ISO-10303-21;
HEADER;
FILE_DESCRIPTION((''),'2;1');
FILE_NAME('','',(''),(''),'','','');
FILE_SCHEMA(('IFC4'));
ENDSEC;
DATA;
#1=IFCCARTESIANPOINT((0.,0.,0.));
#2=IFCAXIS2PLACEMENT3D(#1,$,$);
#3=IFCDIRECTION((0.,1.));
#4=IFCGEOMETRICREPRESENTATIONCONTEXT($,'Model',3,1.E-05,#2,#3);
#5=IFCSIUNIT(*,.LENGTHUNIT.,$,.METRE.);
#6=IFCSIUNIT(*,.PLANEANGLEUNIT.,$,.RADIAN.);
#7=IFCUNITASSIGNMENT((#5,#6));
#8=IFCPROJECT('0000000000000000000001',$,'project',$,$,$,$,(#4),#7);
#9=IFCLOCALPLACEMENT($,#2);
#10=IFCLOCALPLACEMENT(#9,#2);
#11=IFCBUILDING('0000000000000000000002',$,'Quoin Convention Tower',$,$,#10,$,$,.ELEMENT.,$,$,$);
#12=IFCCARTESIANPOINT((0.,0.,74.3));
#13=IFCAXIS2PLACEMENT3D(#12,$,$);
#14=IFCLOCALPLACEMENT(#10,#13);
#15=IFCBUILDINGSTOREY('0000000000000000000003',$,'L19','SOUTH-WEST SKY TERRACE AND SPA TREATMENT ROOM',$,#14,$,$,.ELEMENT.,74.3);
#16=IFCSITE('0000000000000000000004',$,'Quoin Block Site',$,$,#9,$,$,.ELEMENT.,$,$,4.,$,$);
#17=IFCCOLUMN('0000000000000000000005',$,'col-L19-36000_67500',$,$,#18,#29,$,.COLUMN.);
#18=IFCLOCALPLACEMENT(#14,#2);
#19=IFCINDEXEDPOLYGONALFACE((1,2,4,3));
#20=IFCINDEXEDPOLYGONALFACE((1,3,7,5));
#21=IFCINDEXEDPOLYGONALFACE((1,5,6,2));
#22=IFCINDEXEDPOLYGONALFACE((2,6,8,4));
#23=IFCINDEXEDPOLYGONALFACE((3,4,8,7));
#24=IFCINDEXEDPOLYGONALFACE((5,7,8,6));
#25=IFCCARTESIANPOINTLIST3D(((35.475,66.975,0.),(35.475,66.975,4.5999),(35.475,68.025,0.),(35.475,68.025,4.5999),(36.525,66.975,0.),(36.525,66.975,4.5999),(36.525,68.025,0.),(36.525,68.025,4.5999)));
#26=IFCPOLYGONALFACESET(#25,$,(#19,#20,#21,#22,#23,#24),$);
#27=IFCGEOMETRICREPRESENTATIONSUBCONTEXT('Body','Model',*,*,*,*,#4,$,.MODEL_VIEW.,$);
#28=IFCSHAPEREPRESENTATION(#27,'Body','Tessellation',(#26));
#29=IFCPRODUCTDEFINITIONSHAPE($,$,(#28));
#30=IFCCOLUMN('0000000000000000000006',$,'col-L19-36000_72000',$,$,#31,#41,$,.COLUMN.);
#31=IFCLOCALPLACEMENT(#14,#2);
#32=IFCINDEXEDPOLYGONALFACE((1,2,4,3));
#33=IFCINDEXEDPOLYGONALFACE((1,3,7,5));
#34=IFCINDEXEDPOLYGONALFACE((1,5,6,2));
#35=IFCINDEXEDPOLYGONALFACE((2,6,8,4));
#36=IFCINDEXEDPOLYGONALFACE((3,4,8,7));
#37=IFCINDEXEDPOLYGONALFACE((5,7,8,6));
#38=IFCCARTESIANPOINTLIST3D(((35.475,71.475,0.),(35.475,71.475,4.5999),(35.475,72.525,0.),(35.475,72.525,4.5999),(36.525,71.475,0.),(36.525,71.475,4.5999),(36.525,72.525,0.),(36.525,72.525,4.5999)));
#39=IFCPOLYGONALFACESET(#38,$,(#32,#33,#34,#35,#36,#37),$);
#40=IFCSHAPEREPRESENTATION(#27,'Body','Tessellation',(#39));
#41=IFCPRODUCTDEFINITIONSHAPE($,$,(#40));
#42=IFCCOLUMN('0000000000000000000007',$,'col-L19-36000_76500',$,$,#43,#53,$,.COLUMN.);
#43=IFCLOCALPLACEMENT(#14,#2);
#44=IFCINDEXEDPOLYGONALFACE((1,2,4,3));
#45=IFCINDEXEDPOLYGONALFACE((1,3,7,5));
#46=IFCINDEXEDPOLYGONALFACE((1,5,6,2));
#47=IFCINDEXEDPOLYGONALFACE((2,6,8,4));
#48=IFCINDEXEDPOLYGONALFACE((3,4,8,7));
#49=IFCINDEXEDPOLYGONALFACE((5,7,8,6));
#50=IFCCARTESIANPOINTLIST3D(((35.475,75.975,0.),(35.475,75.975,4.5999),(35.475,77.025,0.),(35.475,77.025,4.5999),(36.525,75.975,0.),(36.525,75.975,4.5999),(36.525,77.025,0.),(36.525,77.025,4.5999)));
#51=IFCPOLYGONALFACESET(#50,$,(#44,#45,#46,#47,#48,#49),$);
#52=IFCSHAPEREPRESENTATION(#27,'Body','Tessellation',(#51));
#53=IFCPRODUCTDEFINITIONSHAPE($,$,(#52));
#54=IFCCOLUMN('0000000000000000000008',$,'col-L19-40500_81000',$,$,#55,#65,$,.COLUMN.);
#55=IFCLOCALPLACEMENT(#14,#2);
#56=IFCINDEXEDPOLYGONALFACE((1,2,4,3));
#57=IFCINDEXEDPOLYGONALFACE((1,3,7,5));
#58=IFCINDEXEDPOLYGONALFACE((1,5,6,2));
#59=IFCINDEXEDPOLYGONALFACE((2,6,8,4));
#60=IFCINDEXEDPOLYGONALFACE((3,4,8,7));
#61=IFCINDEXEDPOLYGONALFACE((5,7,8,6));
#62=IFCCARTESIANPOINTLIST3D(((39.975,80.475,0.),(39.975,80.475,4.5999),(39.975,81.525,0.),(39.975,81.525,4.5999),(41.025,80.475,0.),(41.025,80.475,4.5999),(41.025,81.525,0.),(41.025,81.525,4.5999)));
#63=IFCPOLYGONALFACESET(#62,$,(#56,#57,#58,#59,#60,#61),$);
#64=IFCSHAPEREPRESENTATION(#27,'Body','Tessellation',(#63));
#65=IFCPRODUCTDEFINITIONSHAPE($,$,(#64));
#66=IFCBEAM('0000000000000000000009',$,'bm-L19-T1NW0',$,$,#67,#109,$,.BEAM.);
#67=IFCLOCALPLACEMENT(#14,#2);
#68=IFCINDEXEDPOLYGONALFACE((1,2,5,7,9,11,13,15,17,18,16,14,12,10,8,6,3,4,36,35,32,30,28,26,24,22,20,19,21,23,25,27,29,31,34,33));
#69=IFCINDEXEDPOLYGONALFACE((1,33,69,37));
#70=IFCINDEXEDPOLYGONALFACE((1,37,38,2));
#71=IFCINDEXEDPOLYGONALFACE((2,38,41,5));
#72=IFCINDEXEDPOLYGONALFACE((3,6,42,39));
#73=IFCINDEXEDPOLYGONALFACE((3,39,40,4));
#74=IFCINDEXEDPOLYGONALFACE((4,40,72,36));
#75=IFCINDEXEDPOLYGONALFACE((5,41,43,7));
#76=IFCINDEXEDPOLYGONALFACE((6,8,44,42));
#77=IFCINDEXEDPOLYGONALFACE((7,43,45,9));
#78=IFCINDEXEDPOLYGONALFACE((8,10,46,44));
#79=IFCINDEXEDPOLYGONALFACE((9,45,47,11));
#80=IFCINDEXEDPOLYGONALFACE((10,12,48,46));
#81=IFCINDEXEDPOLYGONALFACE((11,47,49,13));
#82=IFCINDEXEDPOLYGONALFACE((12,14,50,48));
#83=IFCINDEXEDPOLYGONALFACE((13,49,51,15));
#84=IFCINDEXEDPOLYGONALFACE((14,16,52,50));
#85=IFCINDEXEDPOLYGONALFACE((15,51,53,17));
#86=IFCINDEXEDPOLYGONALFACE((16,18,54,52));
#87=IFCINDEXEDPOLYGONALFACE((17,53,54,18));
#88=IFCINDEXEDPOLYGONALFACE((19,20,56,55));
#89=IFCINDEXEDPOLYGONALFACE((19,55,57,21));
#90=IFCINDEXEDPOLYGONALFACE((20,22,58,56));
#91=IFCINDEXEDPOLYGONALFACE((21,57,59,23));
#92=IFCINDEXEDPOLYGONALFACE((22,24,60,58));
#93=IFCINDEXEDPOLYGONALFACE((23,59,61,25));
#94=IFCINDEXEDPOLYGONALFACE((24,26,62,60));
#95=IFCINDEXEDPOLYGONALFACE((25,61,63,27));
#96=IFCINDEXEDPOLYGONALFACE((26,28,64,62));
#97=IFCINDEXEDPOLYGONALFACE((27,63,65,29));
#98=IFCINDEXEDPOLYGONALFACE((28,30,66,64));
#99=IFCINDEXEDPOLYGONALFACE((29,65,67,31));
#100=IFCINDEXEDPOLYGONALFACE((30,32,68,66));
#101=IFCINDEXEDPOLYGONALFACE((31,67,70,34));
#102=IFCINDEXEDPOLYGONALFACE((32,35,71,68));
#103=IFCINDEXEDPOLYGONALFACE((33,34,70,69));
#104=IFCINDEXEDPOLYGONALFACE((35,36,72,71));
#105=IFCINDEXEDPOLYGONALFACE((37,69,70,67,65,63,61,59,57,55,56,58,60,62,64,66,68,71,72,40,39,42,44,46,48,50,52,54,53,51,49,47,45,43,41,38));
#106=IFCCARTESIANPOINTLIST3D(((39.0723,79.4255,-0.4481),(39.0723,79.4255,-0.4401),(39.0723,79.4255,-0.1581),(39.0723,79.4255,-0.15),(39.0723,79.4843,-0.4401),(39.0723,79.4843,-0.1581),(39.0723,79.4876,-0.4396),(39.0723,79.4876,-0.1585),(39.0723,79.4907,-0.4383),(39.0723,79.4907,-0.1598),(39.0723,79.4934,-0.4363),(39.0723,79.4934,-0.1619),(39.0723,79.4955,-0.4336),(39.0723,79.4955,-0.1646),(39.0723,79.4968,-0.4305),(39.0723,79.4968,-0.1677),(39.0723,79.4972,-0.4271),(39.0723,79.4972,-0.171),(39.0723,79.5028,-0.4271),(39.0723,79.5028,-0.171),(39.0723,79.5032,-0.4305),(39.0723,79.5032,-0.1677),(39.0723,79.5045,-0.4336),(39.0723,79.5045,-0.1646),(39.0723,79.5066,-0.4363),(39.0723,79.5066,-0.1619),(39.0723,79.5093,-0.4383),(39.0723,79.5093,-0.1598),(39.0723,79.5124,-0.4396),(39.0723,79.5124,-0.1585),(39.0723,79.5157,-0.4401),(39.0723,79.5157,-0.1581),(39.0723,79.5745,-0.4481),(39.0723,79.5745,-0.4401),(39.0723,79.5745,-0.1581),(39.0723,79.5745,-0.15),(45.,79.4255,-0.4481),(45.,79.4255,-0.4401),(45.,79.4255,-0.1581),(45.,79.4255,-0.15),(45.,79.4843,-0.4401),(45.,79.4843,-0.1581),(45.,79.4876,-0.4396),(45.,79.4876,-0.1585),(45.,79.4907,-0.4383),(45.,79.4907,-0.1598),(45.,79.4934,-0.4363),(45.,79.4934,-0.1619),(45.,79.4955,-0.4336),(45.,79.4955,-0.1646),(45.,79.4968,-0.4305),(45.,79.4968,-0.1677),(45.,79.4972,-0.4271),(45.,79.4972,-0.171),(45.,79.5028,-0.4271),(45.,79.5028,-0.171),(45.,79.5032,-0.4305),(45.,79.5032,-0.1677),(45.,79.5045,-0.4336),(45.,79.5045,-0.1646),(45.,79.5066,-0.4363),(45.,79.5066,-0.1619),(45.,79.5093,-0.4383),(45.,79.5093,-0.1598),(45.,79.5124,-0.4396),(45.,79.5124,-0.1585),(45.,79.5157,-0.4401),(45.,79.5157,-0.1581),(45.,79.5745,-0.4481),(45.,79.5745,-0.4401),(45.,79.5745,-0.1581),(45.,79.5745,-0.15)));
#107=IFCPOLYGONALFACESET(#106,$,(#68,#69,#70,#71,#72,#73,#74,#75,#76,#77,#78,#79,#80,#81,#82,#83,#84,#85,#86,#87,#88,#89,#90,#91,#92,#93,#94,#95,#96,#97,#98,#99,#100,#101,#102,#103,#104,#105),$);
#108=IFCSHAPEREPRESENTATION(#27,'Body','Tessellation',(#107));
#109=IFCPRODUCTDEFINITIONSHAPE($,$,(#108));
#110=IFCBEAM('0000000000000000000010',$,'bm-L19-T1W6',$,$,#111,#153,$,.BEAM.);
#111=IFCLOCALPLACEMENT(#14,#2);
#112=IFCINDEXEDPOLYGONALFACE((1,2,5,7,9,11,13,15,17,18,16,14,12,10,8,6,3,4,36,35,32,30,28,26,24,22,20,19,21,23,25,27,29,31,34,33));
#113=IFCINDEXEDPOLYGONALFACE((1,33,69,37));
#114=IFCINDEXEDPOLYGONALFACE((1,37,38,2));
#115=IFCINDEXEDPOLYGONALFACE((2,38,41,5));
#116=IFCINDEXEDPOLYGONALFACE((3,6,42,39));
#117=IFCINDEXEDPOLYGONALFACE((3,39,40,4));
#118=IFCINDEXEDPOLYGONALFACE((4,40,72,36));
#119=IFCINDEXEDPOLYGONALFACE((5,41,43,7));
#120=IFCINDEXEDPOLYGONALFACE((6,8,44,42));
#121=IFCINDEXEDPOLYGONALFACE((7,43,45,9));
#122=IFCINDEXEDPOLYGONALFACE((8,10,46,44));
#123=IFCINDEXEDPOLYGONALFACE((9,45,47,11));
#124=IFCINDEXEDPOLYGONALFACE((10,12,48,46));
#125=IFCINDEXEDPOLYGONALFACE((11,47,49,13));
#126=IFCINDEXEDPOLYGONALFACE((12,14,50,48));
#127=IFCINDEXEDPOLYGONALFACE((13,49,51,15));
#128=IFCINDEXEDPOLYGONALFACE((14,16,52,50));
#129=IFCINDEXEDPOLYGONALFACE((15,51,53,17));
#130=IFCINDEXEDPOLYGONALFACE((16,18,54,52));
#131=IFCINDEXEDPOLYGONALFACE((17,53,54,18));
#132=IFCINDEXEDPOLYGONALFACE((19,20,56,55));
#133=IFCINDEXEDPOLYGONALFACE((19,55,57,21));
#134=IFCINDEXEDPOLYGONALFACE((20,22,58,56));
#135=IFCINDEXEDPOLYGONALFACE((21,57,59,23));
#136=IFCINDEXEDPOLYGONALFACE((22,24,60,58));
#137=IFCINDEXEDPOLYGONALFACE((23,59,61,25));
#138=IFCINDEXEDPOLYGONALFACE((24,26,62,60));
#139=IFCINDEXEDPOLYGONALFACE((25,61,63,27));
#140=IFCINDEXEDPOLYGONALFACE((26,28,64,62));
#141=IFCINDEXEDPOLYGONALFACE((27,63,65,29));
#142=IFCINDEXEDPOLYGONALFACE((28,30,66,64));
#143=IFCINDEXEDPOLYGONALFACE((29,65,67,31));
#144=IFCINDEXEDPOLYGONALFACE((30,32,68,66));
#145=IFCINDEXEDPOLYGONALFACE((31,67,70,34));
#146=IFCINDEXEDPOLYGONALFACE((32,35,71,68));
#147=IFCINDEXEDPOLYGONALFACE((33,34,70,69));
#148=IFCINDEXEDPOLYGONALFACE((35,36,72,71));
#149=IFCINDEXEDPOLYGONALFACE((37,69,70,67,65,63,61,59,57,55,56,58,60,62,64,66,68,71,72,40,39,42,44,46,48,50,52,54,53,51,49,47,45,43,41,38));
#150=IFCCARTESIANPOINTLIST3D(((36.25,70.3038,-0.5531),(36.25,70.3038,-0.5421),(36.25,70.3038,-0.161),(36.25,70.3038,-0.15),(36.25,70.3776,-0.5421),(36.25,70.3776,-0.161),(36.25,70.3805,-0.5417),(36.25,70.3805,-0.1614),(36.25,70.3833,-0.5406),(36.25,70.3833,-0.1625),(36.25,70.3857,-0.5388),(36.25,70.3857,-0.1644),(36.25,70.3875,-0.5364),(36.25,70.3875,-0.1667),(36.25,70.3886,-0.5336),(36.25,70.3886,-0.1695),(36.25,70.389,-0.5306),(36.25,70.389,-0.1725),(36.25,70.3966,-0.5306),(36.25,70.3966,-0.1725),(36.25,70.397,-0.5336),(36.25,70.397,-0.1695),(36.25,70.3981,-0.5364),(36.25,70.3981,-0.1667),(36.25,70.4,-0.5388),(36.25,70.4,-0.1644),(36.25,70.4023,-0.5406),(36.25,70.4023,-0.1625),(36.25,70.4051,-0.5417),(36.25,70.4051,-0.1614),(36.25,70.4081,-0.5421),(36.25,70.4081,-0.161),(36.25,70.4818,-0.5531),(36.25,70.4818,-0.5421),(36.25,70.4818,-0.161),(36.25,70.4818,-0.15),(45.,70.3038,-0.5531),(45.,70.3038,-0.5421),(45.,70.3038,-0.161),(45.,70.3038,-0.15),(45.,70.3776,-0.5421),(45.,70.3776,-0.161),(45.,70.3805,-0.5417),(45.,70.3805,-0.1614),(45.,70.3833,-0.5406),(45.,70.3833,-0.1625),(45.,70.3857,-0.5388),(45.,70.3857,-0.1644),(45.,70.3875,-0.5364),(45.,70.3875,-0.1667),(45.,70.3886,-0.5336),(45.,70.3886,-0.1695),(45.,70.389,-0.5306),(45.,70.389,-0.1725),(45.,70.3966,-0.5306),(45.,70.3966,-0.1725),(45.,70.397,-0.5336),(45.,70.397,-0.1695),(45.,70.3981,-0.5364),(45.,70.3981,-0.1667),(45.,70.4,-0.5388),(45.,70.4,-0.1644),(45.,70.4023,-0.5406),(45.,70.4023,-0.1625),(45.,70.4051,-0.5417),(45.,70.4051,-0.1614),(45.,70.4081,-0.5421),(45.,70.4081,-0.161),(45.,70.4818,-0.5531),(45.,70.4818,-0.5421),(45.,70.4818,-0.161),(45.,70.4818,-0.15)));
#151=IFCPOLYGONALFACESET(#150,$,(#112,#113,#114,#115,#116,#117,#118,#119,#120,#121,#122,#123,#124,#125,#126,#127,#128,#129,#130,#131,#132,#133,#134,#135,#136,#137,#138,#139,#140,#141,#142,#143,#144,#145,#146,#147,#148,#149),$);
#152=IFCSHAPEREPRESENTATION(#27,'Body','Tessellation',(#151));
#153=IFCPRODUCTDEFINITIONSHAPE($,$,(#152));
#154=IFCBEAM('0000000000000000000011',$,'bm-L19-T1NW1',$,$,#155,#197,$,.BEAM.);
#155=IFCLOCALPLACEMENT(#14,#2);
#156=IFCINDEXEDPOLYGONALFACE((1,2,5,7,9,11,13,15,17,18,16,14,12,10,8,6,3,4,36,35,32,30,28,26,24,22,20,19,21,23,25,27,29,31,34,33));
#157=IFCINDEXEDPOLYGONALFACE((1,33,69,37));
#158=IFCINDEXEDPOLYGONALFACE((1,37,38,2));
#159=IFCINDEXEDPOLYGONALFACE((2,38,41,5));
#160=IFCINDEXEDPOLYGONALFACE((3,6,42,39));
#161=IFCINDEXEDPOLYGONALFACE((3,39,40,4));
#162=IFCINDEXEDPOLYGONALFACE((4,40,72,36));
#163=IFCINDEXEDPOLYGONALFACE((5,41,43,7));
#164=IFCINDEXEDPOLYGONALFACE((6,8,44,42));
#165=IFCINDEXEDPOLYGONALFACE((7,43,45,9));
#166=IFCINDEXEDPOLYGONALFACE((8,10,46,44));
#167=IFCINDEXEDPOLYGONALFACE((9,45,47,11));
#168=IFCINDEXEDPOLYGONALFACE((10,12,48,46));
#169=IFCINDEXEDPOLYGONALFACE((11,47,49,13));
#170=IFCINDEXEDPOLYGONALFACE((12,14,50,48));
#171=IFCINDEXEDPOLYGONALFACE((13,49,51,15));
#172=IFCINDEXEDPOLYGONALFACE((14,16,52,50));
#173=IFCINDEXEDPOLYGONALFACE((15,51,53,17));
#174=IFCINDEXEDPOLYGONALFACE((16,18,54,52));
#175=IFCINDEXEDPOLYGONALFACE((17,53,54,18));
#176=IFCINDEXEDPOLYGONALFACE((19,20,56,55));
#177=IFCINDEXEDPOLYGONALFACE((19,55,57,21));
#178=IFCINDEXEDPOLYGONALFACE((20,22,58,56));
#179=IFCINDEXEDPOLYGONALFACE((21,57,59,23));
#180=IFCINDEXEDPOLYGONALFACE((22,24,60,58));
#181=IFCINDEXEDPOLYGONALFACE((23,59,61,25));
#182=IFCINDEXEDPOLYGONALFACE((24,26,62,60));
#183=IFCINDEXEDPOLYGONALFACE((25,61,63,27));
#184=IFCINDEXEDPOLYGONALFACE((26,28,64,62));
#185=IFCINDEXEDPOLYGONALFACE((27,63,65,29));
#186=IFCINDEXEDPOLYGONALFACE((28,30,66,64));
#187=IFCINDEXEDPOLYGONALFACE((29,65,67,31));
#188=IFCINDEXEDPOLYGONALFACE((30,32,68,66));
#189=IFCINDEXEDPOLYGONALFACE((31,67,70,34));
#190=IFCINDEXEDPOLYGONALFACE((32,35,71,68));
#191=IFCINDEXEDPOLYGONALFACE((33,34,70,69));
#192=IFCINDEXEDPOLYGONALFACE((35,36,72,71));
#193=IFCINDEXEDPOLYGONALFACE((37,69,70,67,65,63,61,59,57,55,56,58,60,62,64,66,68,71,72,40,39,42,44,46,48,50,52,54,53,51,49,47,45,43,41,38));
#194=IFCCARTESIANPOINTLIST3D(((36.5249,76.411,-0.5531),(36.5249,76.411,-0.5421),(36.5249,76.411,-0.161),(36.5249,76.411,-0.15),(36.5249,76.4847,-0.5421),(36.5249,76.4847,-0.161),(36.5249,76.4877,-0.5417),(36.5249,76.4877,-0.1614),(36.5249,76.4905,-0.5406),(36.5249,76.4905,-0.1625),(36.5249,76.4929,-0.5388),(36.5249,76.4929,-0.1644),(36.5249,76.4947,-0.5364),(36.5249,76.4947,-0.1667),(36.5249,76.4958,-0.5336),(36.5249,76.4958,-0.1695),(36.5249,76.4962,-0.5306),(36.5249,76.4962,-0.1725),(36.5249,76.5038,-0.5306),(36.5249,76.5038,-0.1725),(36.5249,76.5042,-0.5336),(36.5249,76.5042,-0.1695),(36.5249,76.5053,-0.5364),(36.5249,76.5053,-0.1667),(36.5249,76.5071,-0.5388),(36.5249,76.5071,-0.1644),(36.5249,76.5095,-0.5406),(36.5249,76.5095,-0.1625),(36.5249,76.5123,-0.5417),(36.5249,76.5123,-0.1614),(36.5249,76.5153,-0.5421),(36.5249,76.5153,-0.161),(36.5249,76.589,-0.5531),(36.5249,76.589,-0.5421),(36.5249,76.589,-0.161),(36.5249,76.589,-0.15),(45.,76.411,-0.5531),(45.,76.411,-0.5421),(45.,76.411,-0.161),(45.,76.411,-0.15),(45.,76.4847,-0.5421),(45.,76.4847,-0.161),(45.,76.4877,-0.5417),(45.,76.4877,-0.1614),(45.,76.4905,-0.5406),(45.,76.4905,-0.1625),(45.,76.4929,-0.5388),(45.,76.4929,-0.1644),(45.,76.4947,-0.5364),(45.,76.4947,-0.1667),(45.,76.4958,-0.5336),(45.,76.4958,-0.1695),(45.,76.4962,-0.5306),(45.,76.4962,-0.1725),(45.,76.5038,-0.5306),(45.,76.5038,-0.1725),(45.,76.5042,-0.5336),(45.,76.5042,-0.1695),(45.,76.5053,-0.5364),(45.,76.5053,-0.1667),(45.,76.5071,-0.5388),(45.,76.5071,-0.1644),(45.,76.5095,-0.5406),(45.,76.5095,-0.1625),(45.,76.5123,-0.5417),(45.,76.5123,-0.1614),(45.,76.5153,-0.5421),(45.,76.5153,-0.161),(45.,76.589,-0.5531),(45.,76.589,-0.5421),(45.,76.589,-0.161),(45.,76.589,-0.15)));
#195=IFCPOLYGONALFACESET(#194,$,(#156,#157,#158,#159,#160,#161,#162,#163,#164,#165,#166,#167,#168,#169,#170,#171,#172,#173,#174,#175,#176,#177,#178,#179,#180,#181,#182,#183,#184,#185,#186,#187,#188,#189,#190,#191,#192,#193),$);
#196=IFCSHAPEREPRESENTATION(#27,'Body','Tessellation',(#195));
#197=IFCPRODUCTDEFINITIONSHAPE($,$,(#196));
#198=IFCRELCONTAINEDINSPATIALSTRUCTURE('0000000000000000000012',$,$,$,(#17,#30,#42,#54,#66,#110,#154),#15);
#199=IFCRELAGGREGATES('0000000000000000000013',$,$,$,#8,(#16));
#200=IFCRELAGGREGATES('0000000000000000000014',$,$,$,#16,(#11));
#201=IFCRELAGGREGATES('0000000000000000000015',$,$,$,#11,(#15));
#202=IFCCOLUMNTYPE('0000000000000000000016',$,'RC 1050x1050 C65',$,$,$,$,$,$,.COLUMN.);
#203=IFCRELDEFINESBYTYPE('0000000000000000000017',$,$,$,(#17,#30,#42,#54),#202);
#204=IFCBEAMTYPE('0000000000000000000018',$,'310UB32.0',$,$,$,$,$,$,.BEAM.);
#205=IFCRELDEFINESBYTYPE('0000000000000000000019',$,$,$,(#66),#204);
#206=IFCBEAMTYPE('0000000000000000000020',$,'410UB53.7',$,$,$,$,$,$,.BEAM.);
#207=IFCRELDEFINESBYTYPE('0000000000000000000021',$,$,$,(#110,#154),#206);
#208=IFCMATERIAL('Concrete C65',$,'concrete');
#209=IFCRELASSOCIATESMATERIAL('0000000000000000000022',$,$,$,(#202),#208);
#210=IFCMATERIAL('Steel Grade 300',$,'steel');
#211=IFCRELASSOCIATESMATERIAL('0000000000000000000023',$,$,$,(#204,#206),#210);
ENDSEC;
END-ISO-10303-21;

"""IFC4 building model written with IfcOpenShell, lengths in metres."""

from ifc_helpers import new_model, si_unit, direction, frame, origin, origin_2d, place, context, subcontext, project, spatial, rectangle, i_section, extrude, material, material_profile, profile_set, type_object, element, save


model = new_model("IFC4")

# Units and contexts
model_context = context("Model", 3, precision=1e-05, world=origin(), true_north=direction((0.0, 1.0)))
body_context = subcontext(model_context, "Body", "Model", "MODEL_VIEW")
ifc_project = project(units=[si_unit("LENGTHUNIT", "METRE"), si_unit("PLANEANGLEUNIT", "RADIAN")], contexts=[model_context])

# Site, building, storey
site_placement = place(None, origin())
site = spatial("IfcSite", under=ifc_project, at=site_placement, Name="Quoin Block Site", CompositionType="ELEMENT", RefElevation=4.0)
building_placement = place(site_placement, origin())
building = spatial("IfcBuilding", under=site, at=building_placement, Name="Quoin Convention Tower", CompositionType="ELEMENT")
storey_placement = place(building_placement, frame((0.0, 0.0, 74.3)))
storey = spatial("IfcBuildingStorey", under=building, at=storey_placement, Name="L19", Description="SOUTH-WEST SKY TERRACE AND SPA TREATMENT ROOM", CompositionType="ELEMENT", Elevation=74.3)

# Columns
ifc_material_1 = material(Name="Concrete C65", Category="concrete")
ifc_material_profile_1 = material_profile(ifc_material_1, rectangle(XDim=1.05, YDim=1.05, at=origin_2d()), Name="RC 1050x1050")
ifc_profile_set_1 = profile_set([ifc_material_profile_1], Name="Concrete C65")
column_type = type_object("IfcColumnType", Name="RC 1050x1050 C65", PredefinedType="COLUMN", material=ifc_profile_set_1)
for number, where, z_axis, x_axis, name in (
    (1, (36.0, 67.5, 0.0), (0.0, 0.0, 1.0), (1.0, 0.0, 0.0), "col-L19-36000_67500"),
    (2, (36.0, 72.0, 0.0), (0.0, 0.0, 1.0), (1.0, 0.0, 0.0), "col-L19-36000_72000"),
    (3, (36.0, 76.5, 0.0), (0.0, 0.0, 1.0), (1.0, 0.0, 0.0), "col-L19-36000_76500"),
    (4, (40.5, 81.0, 0.0), (0.0, 0.0, 1.0), (1.0, 0.0, 0.0), "col-L19-40500_81000"),
):
    element("IfcColumn", number, at=place(storey_placement, frame(where, z_axis=z_axis, x_axis=x_axis)), inside=storey, type_object=column_type, Name=name, PredefinedType="COLUMN", context=body_context, shape_type="SweptSolid", body=[
        extrude(rectangle(XDim=1.05, YDim=1.05, at=origin_2d()), origin(), (0.0, 0.0, 1.0), 4.5999),
    ])

# Beams
ifc_material_2 = material(Name="Steel Grade 300", Category="steel")
ifc_material_profile_2 = material_profile(ifc_material_2, i_section(OverallWidth=0.1489, OverallDepth=0.2981, WebThickness=0.0056, FlangeThickness=0.0081, FilletRadius=0.0129, at=origin_2d()), Name="310UB32.0")
ifc_profile_set_2 = profile_set([ifc_material_profile_2], Name="Steel Grade 300")
beam_type_1 = type_object("IfcBeamType", Name="310UB32.0", PredefinedType="BEAM", material=ifc_profile_set_2)
beam_1_placement = place(storey_placement, frame((39.0723, 79.5, -0.2991), z_axis=(1.0, 0.0, 0.0), x_axis=(0.0, 1.0, 0.0)))
element("IfcBeam", 5, at=beam_1_placement, inside=storey, type_object=beam_type_1, Name="bm-L19-T1NW0", PredefinedType="BEAM", context=body_context, shape_type="SweptSolid", body=[
    extrude(i_section(OverallWidth=0.1489, OverallDepth=0.2981, WebThickness=0.0056, FlangeThickness=0.0081, FilletRadius=0.0129, at=origin_2d()), origin(), (0.0, 0.0, 1.0), 5.9277),
])
ifc_material_profile_3 = material_profile(ifc_material_2, i_section(OverallWidth=0.178, OverallDepth=0.4031, WebThickness=0.0076, FlangeThickness=0.011, FilletRadius=0.0115, at=origin_2d()), Name="410UB53.7")
ifc_profile_set_3 = profile_set([ifc_material_profile_3], Name="Steel Grade 300")
beam_type_2 = type_object("IfcBeamType", Name="410UB53.7", PredefinedType="BEAM", material=ifc_profile_set_3)
beam_2_placement = place(storey_placement, frame((36.25, 70.3928, -0.3516), z_axis=(1.0, 0.0, 0.0), x_axis=(0.0, 1.0, 0.0)))
element("IfcBeam", 6, at=beam_2_placement, inside=storey, type_object=beam_type_2, Name="bm-L19-T1W6", PredefinedType="BEAM", context=body_context, shape_type="SweptSolid", body=[
    extrude(i_section(OverallWidth=0.178, OverallDepth=0.4031, WebThickness=0.0076, FlangeThickness=0.011, FilletRadius=0.0115, at=origin_2d()), origin(), (0.0, 0.0, 1.0), 8.75),
])
beam_3_placement = place(storey_placement, frame((36.5249, 76.5, -0.3516), z_axis=(1.0, 0.0, 0.0), x_axis=(0.0, 1.0, 0.0)))
element("IfcBeam", 7, at=beam_3_placement, inside=storey, type_object=beam_type_2, Name="bm-L19-T1NW1", PredefinedType="BEAM", context=body_context, shape_type="SweptSolid", body=[
    extrude(i_section(OverallWidth=0.178, OverallDepth=0.4031, WebThickness=0.0076, FlangeThickness=0.011, FilletRadius=0.0115, at=origin_2d()), origin(), (0.0, 0.0, 1.0), 8.4751),
])

save(model, "model.ifc")
